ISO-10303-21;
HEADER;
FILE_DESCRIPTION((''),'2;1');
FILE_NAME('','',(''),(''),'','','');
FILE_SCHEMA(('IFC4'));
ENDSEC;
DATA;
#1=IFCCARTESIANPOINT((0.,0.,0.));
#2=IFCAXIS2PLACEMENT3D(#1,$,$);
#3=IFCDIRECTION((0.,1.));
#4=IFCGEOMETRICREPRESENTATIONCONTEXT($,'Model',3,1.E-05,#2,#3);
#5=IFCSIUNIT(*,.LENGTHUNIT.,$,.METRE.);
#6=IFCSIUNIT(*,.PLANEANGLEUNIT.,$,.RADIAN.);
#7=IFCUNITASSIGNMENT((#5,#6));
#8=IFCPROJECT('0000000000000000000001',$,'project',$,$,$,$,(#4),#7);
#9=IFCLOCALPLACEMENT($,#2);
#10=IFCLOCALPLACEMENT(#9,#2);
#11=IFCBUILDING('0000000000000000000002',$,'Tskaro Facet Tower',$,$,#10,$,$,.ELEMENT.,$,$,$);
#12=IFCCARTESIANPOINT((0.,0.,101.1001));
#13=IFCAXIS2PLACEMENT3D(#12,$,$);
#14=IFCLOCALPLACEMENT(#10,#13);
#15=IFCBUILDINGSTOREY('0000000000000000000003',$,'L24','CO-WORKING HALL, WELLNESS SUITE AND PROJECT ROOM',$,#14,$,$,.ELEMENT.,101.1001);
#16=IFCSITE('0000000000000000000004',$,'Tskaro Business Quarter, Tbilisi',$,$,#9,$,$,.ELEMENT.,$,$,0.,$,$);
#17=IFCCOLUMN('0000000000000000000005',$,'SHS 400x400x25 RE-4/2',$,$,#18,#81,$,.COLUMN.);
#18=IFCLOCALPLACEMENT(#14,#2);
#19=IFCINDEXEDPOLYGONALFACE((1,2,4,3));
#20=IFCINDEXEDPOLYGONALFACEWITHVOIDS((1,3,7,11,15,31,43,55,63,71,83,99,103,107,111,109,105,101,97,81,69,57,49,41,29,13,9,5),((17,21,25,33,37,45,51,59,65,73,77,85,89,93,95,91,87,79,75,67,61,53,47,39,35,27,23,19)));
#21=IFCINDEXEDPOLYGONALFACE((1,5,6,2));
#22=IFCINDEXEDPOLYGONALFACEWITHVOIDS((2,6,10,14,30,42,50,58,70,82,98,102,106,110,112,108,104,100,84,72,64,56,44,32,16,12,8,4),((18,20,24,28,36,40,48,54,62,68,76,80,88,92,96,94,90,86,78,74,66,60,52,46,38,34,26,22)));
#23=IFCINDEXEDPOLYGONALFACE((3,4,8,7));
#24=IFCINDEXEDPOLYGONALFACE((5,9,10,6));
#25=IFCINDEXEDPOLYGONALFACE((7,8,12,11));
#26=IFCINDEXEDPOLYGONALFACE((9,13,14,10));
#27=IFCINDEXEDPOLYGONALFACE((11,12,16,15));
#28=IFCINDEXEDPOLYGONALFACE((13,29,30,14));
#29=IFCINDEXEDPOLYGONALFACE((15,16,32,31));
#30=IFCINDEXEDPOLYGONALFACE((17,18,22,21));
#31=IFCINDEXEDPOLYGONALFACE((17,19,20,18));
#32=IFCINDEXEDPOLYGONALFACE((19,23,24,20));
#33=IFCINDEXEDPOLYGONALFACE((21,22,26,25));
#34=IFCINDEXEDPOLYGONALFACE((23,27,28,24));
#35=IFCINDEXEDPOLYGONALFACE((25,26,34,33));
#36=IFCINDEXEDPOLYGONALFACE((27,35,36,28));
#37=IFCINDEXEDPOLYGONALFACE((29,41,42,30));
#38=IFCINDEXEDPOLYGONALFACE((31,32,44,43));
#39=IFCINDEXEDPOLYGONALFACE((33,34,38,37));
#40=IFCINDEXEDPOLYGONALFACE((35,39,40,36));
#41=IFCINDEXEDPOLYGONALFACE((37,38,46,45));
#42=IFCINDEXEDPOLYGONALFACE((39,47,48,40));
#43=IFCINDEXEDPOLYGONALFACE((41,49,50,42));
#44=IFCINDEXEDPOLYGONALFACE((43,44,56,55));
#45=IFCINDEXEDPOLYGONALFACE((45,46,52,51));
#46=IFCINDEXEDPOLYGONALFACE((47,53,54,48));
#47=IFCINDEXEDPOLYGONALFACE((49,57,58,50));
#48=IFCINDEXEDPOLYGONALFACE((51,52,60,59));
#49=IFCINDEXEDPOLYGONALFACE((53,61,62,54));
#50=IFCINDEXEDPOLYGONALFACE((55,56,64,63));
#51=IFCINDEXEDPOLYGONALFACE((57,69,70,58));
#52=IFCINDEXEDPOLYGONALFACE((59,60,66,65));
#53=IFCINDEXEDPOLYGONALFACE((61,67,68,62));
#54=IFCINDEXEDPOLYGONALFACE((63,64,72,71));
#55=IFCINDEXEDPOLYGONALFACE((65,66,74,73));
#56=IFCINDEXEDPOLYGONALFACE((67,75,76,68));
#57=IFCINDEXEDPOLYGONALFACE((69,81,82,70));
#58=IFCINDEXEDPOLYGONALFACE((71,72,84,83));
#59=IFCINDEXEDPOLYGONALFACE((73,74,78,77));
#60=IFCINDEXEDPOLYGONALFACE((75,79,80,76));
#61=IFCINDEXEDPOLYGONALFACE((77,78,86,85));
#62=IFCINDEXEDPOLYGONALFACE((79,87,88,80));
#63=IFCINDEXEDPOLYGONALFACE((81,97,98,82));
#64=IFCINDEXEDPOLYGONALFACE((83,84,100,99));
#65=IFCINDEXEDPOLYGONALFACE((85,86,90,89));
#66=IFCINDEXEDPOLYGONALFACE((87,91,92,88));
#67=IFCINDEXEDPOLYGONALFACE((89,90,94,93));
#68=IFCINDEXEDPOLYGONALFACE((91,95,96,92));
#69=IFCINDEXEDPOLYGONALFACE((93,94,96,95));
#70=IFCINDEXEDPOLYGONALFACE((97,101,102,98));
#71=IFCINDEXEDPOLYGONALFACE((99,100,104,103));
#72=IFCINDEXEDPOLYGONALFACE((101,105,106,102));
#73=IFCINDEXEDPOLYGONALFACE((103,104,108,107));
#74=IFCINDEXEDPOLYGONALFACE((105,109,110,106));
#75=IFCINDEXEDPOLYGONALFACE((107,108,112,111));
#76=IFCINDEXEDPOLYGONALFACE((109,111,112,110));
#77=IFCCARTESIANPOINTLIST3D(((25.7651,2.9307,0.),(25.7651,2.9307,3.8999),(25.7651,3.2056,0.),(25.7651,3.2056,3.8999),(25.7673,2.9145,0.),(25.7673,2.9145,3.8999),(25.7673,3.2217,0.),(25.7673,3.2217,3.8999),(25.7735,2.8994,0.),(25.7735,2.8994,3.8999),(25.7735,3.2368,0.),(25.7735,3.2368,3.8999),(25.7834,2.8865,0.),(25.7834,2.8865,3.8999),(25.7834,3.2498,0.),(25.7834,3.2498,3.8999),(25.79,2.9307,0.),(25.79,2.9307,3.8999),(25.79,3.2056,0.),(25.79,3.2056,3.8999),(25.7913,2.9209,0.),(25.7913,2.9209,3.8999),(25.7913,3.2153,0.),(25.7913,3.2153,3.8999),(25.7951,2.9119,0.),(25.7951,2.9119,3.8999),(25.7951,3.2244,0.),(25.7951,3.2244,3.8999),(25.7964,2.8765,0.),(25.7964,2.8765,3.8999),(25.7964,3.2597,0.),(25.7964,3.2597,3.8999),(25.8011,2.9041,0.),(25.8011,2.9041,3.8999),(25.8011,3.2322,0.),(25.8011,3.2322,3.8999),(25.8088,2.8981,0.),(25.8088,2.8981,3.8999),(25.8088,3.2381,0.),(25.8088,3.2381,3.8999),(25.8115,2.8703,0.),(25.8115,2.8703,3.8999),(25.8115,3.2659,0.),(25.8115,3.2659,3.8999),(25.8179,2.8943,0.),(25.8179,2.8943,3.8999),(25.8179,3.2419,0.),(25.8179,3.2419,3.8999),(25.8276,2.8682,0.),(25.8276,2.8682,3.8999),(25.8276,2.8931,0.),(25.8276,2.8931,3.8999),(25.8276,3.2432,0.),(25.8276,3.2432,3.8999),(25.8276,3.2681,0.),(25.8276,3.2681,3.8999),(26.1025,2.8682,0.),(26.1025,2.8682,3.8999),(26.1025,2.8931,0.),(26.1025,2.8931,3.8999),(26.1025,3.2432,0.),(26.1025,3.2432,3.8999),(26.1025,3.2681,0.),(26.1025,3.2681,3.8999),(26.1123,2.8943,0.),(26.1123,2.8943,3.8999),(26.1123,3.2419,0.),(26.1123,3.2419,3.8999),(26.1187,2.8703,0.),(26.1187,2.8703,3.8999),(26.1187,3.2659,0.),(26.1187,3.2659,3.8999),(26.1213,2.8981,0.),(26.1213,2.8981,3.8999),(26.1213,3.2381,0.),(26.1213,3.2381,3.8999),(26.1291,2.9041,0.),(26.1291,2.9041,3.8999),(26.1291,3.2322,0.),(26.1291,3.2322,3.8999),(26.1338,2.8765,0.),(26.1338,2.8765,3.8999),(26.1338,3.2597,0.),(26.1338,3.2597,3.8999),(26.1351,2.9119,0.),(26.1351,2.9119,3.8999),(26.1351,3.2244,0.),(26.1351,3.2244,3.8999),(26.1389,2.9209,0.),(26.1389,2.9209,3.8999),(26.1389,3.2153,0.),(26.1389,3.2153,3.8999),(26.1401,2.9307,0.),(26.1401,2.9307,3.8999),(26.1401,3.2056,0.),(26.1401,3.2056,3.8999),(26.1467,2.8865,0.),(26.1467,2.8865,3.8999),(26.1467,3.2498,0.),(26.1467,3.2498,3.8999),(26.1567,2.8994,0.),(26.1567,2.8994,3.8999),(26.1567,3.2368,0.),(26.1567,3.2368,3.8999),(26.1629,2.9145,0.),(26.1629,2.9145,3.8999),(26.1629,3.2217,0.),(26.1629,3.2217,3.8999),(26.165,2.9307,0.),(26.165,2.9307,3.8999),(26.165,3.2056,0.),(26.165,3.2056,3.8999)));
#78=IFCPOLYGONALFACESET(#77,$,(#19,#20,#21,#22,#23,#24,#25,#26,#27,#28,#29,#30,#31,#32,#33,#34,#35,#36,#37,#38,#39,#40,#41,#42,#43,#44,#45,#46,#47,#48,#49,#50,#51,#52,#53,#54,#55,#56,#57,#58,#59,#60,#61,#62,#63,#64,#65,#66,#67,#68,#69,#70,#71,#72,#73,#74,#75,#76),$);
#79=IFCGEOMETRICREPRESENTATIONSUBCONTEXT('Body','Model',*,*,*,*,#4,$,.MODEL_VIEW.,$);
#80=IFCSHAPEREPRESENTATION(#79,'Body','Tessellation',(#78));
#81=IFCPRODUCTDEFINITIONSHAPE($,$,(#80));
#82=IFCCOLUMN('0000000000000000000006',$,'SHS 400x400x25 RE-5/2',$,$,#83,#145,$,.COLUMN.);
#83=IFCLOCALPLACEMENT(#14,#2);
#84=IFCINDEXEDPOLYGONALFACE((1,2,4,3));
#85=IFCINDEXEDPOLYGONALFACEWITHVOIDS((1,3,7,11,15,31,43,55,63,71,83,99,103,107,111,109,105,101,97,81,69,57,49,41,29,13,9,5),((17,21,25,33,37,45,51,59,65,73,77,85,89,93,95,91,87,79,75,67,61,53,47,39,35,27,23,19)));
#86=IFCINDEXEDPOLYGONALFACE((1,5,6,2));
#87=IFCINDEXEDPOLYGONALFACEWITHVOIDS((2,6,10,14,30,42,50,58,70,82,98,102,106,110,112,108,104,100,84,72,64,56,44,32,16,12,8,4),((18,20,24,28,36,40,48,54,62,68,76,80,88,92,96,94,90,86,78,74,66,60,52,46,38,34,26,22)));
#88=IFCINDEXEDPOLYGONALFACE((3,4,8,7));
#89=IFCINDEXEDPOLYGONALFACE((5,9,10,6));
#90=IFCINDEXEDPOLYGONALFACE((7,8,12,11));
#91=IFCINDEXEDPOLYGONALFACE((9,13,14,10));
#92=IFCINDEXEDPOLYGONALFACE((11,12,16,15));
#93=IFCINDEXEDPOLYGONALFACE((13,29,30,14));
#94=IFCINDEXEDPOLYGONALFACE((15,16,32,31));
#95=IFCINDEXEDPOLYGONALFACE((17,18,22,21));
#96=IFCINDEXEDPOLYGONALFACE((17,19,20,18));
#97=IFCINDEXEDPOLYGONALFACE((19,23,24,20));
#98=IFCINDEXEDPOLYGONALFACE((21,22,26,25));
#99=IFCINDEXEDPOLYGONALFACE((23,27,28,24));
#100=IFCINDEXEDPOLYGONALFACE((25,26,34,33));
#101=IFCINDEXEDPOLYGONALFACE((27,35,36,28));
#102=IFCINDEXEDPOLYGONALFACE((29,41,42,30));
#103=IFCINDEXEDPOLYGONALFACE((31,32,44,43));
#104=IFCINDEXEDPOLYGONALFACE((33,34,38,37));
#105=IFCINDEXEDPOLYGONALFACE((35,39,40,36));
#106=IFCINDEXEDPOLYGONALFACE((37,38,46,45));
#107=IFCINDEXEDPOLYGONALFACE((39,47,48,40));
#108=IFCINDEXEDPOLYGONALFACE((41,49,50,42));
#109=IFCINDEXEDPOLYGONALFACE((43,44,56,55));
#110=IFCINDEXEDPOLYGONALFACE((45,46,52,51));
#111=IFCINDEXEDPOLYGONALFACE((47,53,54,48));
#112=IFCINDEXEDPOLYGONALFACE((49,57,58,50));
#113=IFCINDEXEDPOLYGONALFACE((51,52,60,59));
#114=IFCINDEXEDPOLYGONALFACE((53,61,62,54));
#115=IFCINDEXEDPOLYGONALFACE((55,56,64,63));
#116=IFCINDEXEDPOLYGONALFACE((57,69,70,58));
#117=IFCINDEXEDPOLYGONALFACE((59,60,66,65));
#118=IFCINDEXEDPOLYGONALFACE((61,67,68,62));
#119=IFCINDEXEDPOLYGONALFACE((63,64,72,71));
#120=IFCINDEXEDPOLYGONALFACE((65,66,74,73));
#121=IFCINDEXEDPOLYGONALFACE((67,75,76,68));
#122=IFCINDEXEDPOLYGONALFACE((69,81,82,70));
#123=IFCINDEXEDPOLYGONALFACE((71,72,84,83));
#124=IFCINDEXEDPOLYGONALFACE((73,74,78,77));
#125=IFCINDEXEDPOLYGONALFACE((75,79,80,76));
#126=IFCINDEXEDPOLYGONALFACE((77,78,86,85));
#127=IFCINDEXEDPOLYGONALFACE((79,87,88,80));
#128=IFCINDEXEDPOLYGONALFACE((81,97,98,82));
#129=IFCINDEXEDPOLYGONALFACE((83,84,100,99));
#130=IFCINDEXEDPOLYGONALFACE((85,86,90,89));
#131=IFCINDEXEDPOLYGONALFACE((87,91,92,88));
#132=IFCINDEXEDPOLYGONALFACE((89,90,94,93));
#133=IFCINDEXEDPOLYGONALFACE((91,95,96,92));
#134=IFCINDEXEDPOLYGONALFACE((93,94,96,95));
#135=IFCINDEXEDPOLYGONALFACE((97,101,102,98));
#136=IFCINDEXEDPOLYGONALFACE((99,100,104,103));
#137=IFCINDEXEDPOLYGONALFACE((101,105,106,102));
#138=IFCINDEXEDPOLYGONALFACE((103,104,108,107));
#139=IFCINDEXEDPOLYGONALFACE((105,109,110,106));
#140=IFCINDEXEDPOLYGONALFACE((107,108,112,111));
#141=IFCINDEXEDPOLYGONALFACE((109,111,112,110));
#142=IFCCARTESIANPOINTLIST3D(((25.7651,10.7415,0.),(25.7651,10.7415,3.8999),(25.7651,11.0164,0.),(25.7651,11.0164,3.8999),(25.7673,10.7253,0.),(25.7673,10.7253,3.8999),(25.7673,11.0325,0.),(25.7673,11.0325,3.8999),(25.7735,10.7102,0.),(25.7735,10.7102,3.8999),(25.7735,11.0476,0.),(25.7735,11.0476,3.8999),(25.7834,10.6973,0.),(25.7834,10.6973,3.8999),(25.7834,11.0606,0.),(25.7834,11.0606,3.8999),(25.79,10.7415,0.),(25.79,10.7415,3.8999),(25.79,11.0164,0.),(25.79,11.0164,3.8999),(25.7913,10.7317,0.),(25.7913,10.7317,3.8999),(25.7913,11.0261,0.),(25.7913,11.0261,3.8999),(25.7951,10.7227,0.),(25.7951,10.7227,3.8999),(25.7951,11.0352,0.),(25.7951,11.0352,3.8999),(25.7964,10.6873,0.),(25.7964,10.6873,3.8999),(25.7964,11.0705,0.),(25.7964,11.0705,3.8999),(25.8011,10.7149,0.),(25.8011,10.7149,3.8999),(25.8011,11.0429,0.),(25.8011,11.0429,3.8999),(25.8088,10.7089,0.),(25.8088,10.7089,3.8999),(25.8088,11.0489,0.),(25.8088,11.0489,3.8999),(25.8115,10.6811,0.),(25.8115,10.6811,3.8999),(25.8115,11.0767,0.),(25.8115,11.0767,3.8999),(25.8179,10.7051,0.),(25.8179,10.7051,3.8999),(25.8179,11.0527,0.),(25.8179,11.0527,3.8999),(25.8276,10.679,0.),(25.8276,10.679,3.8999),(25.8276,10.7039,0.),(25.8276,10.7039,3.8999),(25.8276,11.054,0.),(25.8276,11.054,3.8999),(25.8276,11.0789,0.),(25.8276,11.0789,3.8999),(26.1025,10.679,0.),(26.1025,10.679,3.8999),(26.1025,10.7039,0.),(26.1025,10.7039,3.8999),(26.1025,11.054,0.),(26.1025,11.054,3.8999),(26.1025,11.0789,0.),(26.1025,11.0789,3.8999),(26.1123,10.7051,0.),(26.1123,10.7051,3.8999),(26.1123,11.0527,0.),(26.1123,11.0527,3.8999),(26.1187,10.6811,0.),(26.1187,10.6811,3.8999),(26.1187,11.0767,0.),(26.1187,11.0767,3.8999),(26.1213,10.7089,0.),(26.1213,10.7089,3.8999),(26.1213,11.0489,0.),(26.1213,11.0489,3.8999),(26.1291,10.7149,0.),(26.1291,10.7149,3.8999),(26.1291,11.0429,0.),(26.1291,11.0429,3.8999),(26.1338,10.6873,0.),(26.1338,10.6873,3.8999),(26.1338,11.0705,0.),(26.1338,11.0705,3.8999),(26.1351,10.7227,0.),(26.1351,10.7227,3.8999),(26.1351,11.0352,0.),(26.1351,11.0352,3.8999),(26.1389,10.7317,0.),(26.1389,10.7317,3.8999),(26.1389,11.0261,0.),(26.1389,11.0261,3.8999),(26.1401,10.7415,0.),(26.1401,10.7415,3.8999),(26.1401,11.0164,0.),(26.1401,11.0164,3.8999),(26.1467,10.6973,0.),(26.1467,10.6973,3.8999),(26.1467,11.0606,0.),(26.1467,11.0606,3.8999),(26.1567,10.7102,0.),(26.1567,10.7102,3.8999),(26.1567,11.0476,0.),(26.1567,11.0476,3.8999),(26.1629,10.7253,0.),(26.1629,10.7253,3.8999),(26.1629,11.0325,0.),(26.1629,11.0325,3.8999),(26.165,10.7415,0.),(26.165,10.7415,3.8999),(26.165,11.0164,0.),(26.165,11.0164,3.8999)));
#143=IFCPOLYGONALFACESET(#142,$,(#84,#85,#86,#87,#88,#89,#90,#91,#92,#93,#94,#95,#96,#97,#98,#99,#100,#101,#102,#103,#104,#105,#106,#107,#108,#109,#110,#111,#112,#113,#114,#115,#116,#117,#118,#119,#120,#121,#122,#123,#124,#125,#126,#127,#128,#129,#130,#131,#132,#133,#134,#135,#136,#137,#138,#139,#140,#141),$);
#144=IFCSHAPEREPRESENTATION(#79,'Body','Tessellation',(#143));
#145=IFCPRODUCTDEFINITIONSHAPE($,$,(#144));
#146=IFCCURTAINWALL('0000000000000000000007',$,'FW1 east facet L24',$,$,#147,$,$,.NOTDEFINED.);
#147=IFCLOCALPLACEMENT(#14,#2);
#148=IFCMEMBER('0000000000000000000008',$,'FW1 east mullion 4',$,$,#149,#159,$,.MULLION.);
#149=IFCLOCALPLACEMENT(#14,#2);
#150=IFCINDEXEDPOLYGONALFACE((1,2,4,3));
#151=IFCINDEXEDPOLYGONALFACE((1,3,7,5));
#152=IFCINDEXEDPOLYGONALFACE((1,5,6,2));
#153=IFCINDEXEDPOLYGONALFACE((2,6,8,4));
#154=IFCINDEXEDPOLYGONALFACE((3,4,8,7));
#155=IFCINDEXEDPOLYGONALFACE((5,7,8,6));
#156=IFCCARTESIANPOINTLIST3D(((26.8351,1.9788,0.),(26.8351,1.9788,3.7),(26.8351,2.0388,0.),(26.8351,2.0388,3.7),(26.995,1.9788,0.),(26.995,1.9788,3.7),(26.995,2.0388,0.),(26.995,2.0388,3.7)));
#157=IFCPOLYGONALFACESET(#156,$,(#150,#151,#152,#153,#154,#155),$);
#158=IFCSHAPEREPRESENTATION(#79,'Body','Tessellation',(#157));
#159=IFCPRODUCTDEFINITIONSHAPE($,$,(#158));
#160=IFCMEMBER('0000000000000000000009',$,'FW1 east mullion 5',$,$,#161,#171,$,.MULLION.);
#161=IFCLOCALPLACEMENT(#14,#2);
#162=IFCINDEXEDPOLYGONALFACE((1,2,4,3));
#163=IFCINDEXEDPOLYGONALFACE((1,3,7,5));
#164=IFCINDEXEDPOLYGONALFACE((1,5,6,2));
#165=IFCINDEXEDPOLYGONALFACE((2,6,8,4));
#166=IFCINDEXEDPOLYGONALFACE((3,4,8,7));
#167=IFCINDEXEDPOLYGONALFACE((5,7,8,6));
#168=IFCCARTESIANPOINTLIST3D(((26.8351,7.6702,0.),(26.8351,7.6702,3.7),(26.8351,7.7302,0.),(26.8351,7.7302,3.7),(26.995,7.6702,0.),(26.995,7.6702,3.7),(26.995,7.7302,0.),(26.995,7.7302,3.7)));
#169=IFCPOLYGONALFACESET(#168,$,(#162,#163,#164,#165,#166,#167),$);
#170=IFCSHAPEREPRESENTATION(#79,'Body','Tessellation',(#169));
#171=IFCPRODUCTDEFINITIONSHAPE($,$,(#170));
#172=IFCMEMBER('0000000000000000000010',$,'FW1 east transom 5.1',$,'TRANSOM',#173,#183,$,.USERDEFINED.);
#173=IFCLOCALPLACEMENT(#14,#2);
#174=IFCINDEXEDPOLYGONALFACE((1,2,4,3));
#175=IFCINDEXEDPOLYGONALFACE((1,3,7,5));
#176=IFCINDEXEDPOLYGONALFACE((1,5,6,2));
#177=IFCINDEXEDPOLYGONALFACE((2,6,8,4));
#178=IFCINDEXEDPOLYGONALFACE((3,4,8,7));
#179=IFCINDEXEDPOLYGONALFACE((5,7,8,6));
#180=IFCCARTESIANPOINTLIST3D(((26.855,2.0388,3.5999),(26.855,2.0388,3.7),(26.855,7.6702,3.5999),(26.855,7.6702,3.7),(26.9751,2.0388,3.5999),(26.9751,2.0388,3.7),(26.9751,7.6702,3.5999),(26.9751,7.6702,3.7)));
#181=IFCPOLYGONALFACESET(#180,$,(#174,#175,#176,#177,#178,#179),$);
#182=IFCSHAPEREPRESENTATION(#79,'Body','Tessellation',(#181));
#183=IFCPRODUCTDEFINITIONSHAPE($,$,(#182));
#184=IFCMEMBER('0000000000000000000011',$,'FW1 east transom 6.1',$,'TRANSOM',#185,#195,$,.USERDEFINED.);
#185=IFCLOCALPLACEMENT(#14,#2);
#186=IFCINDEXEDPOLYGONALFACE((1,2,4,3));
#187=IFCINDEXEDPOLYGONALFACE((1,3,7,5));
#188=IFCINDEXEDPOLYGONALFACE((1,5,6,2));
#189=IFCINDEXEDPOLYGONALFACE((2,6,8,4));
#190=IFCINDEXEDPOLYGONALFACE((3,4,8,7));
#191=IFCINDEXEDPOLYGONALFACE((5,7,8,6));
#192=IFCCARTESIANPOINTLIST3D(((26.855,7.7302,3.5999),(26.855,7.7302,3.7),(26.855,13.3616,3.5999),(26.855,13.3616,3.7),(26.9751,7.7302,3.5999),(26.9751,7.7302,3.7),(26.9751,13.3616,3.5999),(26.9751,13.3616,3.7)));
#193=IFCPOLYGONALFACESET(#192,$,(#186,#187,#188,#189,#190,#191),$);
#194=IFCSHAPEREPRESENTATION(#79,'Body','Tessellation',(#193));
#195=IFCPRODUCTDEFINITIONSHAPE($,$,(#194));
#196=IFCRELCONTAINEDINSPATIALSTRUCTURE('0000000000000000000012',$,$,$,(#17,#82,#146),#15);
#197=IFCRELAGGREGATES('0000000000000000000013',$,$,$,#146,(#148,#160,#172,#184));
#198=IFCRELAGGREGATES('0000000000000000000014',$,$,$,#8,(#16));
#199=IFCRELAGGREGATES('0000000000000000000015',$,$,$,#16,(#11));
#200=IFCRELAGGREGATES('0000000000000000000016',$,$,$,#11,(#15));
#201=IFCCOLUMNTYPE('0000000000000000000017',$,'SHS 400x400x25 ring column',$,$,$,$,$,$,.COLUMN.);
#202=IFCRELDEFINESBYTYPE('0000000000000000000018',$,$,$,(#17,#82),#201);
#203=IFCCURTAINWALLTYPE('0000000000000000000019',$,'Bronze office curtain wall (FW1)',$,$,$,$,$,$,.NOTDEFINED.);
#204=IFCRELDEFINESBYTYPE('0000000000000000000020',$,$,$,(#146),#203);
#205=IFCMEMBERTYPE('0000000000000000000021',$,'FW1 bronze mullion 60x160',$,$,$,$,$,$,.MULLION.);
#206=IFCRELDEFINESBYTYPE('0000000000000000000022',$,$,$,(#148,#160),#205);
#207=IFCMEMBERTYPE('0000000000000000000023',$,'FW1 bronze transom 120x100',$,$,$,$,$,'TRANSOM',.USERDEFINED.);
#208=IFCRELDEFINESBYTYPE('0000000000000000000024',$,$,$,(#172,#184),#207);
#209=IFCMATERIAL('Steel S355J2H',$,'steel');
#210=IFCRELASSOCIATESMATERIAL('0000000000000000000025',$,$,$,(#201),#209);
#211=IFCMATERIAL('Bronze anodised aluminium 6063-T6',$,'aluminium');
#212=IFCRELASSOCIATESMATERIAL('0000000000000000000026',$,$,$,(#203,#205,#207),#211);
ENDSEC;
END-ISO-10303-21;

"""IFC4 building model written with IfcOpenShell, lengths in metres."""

from ifc_helpers import new_model, si_unit, direction, frame, origin, origin_2d, place, context, subcontext, project, spatial, rectangle, hollow_rectangle, extrude, material, material_profile, profile_set, type_object, element, aggregate, save


model = new_model("IFC4")

# Units and contexts
model_context = context("Model", 3, precision=1e-05, world=origin(), true_north=direction((0.0, 1.0)))
body_context = subcontext(model_context, "Body", "Model", "MODEL_VIEW")
ifc_project = project(units=[si_unit("LENGTHUNIT", "METRE"), si_unit("PLANEANGLEUNIT", "RADIAN")], contexts=[model_context])

# Site, building, storey
site_placement = place(None, origin())
site = spatial("IfcSite", under=ifc_project, at=site_placement, Name="Tskaro Business Quarter, Tbilisi", CompositionType="ELEMENT", RefElevation=0.0)
building_placement = place(site_placement, origin())
building = spatial("IfcBuilding", under=site, at=building_placement, Name="Tskaro Facet Tower", CompositionType="ELEMENT")
storey_placement = place(building_placement, frame((0.0, 0.0, 101.1001)))
storey = spatial("IfcBuildingStorey", under=building, at=storey_placement, Name="L24", Description="CO-WORKING HALL, WELLNESS SUITE AND PROJECT ROOM", CompositionType="ELEMENT", Elevation=101.1001)

# Columns
ifc_material_1 = material(Name="Steel S355J2H", Category="steel")
ifc_material_profile_1 = material_profile(ifc_material_1, hollow_rectangle(XDim=0.3999, YDim=0.3999, WallThickness=0.0249, InnerFilletRadius=0.0376, OuterFilletRadius=0.0625, at=origin_2d()), Name="SHS 400x400x25")
ifc_profile_set_1 = profile_set([ifc_material_profile_1], Name="Steel S355J2H")
column_type_1 = type_object("IfcColumnType", Name="SHS 400x400x25 ring column", PredefinedType="COLUMN", material=ifc_profile_set_1)
for number, where, z_axis, x_axis, name in (
    (1, (25.9651, 3.0681, 0.0), (0.0, 0.0, 1.0), (1.0, 0.0, 0.0), "SHS 400x400x25 RE-4/2"),
    (2, (25.9651, 10.8789, 0.0), (0.0, 0.0, 1.0), (1.0, 0.0, 0.0), "SHS 400x400x25 RE-5/2"),
):
    element("IfcColumn", number, at=place(storey_placement, frame(where, z_axis=z_axis, x_axis=x_axis)), inside=storey, type_object=column_type_1, Name=name, PredefinedType="COLUMN", context=body_context, shape_type="SweptSolid", body=[
        extrude(hollow_rectangle(XDim=0.3999, YDim=0.3999, WallThickness=0.0249, InnerFilletRadius=0.0376, OuterFilletRadius=0.0625, at=origin_2d()), origin(), (0.0, 0.0, 1.0), 3.8999),
    ])

# Curtain wall, members
ifc_material_2 = material(Name="Bronze anodised aluminium 6063-T6", Category="aluminium")
curtain_wall_type = type_object("IfcCurtainWallType", Name="Bronze office curtain wall (FW1)", PredefinedType="NOTDEFINED", material=ifc_material_2)
curtain_wall_placement = place(storey_placement, origin())
curtain_wall = element("IfcCurtainWall", 3, at=curtain_wall_placement, inside=storey, type_object=curtain_wall_type, Name="FW1 east facet L24", PredefinedType="NOTDEFINED")
ifc_material_profile_2 = material_profile(ifc_material_2, rectangle(XDim=0.0601, YDim=0.1599, at=origin_2d()), Name="Mullion 60x160")
ifc_profile_set_2 = profile_set([ifc_material_profile_2], Name="Bronze anodised aluminium 6063-T6")
member_type_1 = type_object("IfcMemberType", Name="FW1 bronze mullion 60x160", PredefinedType="MULLION", material=ifc_profile_set_2)
member_1_placement = place(storey_placement, frame((26.915, 2.0088, 0.0), z_axis=(0.0, 0.0, 1.0), x_axis=(0.0, 1.0, 0.0)))
member_1 = element("IfcMember", 4, at=member_1_placement, type_object=member_type_1, Name="FW1 east mullion 4", PredefinedType="MULLION", context=body_context, shape_type="SweptSolid", body=[
    extrude(rectangle(XDim=0.0601, YDim=0.1599, at=origin_2d()), origin(), (0.0, 0.0, 1.0), 3.7),
])
member_2_placement = place(storey_placement, frame((26.915, 7.7002, 0.0), z_axis=(0.0, 0.0, 1.0), x_axis=(0.0, 1.0, 0.0)))
member_2 = element("IfcMember", 5, at=member_2_placement, type_object=member_type_1, Name="FW1 east mullion 5", PredefinedType="MULLION", context=body_context, shape_type="SweptSolid", body=[
    extrude(rectangle(XDim=0.0601, YDim=0.1599, at=origin_2d()), origin(), (0.0, 0.0, 1.0), 3.7),
])
ifc_material_profile_3 = material_profile(ifc_material_2, rectangle(XDim=0.1201, YDim=0.1001, at=origin_2d()), Name="Transom 120x100")
ifc_profile_set_3 = profile_set([ifc_material_profile_3], Name="Bronze anodised aluminium 6063-T6")
member_type_2 = type_object("IfcMemberType", Name="FW1 bronze transom 120x100", ElementType="TRANSOM", PredefinedType="USERDEFINED", material=ifc_profile_set_3)
member_3_placement = place(storey_placement, frame((26.915, 2.0388, 3.6499), z_axis=(0.0, 1.0, 0.0), x_axis=(-1.0, 0.0, 0.0)))
member_3 = element("IfcMember", 6, at=member_3_placement, type_object=member_type_2, Name="FW1 east transom 5.1", ObjectType="TRANSOM", PredefinedType="USERDEFINED", context=body_context, shape_type="SweptSolid", body=[
    extrude(rectangle(XDim=0.1201, YDim=0.1001, at=origin_2d()), origin(), (0.0, 0.0, 1.0), 5.6313),
])
member_4_placement = place(storey_placement, frame((26.915, 7.7302, 3.6499), z_axis=(0.0, 1.0, 0.0), x_axis=(-1.0, 0.0, 0.0)))
member_4 = element("IfcMember", 7, at=member_4_placement, type_object=member_type_2, Name="FW1 east transom 6.1", ObjectType="TRANSOM", PredefinedType="USERDEFINED", context=body_context, shape_type="SweptSolid", body=[
    extrude(rectangle(XDim=0.1201, YDim=0.1001, at=origin_2d()), origin(), (0.0, 0.0, 1.0), 5.6313),
])

aggregate(curtain_wall, [member_1, member_2, member_3, member_4])

save(model, "model.ifc")
